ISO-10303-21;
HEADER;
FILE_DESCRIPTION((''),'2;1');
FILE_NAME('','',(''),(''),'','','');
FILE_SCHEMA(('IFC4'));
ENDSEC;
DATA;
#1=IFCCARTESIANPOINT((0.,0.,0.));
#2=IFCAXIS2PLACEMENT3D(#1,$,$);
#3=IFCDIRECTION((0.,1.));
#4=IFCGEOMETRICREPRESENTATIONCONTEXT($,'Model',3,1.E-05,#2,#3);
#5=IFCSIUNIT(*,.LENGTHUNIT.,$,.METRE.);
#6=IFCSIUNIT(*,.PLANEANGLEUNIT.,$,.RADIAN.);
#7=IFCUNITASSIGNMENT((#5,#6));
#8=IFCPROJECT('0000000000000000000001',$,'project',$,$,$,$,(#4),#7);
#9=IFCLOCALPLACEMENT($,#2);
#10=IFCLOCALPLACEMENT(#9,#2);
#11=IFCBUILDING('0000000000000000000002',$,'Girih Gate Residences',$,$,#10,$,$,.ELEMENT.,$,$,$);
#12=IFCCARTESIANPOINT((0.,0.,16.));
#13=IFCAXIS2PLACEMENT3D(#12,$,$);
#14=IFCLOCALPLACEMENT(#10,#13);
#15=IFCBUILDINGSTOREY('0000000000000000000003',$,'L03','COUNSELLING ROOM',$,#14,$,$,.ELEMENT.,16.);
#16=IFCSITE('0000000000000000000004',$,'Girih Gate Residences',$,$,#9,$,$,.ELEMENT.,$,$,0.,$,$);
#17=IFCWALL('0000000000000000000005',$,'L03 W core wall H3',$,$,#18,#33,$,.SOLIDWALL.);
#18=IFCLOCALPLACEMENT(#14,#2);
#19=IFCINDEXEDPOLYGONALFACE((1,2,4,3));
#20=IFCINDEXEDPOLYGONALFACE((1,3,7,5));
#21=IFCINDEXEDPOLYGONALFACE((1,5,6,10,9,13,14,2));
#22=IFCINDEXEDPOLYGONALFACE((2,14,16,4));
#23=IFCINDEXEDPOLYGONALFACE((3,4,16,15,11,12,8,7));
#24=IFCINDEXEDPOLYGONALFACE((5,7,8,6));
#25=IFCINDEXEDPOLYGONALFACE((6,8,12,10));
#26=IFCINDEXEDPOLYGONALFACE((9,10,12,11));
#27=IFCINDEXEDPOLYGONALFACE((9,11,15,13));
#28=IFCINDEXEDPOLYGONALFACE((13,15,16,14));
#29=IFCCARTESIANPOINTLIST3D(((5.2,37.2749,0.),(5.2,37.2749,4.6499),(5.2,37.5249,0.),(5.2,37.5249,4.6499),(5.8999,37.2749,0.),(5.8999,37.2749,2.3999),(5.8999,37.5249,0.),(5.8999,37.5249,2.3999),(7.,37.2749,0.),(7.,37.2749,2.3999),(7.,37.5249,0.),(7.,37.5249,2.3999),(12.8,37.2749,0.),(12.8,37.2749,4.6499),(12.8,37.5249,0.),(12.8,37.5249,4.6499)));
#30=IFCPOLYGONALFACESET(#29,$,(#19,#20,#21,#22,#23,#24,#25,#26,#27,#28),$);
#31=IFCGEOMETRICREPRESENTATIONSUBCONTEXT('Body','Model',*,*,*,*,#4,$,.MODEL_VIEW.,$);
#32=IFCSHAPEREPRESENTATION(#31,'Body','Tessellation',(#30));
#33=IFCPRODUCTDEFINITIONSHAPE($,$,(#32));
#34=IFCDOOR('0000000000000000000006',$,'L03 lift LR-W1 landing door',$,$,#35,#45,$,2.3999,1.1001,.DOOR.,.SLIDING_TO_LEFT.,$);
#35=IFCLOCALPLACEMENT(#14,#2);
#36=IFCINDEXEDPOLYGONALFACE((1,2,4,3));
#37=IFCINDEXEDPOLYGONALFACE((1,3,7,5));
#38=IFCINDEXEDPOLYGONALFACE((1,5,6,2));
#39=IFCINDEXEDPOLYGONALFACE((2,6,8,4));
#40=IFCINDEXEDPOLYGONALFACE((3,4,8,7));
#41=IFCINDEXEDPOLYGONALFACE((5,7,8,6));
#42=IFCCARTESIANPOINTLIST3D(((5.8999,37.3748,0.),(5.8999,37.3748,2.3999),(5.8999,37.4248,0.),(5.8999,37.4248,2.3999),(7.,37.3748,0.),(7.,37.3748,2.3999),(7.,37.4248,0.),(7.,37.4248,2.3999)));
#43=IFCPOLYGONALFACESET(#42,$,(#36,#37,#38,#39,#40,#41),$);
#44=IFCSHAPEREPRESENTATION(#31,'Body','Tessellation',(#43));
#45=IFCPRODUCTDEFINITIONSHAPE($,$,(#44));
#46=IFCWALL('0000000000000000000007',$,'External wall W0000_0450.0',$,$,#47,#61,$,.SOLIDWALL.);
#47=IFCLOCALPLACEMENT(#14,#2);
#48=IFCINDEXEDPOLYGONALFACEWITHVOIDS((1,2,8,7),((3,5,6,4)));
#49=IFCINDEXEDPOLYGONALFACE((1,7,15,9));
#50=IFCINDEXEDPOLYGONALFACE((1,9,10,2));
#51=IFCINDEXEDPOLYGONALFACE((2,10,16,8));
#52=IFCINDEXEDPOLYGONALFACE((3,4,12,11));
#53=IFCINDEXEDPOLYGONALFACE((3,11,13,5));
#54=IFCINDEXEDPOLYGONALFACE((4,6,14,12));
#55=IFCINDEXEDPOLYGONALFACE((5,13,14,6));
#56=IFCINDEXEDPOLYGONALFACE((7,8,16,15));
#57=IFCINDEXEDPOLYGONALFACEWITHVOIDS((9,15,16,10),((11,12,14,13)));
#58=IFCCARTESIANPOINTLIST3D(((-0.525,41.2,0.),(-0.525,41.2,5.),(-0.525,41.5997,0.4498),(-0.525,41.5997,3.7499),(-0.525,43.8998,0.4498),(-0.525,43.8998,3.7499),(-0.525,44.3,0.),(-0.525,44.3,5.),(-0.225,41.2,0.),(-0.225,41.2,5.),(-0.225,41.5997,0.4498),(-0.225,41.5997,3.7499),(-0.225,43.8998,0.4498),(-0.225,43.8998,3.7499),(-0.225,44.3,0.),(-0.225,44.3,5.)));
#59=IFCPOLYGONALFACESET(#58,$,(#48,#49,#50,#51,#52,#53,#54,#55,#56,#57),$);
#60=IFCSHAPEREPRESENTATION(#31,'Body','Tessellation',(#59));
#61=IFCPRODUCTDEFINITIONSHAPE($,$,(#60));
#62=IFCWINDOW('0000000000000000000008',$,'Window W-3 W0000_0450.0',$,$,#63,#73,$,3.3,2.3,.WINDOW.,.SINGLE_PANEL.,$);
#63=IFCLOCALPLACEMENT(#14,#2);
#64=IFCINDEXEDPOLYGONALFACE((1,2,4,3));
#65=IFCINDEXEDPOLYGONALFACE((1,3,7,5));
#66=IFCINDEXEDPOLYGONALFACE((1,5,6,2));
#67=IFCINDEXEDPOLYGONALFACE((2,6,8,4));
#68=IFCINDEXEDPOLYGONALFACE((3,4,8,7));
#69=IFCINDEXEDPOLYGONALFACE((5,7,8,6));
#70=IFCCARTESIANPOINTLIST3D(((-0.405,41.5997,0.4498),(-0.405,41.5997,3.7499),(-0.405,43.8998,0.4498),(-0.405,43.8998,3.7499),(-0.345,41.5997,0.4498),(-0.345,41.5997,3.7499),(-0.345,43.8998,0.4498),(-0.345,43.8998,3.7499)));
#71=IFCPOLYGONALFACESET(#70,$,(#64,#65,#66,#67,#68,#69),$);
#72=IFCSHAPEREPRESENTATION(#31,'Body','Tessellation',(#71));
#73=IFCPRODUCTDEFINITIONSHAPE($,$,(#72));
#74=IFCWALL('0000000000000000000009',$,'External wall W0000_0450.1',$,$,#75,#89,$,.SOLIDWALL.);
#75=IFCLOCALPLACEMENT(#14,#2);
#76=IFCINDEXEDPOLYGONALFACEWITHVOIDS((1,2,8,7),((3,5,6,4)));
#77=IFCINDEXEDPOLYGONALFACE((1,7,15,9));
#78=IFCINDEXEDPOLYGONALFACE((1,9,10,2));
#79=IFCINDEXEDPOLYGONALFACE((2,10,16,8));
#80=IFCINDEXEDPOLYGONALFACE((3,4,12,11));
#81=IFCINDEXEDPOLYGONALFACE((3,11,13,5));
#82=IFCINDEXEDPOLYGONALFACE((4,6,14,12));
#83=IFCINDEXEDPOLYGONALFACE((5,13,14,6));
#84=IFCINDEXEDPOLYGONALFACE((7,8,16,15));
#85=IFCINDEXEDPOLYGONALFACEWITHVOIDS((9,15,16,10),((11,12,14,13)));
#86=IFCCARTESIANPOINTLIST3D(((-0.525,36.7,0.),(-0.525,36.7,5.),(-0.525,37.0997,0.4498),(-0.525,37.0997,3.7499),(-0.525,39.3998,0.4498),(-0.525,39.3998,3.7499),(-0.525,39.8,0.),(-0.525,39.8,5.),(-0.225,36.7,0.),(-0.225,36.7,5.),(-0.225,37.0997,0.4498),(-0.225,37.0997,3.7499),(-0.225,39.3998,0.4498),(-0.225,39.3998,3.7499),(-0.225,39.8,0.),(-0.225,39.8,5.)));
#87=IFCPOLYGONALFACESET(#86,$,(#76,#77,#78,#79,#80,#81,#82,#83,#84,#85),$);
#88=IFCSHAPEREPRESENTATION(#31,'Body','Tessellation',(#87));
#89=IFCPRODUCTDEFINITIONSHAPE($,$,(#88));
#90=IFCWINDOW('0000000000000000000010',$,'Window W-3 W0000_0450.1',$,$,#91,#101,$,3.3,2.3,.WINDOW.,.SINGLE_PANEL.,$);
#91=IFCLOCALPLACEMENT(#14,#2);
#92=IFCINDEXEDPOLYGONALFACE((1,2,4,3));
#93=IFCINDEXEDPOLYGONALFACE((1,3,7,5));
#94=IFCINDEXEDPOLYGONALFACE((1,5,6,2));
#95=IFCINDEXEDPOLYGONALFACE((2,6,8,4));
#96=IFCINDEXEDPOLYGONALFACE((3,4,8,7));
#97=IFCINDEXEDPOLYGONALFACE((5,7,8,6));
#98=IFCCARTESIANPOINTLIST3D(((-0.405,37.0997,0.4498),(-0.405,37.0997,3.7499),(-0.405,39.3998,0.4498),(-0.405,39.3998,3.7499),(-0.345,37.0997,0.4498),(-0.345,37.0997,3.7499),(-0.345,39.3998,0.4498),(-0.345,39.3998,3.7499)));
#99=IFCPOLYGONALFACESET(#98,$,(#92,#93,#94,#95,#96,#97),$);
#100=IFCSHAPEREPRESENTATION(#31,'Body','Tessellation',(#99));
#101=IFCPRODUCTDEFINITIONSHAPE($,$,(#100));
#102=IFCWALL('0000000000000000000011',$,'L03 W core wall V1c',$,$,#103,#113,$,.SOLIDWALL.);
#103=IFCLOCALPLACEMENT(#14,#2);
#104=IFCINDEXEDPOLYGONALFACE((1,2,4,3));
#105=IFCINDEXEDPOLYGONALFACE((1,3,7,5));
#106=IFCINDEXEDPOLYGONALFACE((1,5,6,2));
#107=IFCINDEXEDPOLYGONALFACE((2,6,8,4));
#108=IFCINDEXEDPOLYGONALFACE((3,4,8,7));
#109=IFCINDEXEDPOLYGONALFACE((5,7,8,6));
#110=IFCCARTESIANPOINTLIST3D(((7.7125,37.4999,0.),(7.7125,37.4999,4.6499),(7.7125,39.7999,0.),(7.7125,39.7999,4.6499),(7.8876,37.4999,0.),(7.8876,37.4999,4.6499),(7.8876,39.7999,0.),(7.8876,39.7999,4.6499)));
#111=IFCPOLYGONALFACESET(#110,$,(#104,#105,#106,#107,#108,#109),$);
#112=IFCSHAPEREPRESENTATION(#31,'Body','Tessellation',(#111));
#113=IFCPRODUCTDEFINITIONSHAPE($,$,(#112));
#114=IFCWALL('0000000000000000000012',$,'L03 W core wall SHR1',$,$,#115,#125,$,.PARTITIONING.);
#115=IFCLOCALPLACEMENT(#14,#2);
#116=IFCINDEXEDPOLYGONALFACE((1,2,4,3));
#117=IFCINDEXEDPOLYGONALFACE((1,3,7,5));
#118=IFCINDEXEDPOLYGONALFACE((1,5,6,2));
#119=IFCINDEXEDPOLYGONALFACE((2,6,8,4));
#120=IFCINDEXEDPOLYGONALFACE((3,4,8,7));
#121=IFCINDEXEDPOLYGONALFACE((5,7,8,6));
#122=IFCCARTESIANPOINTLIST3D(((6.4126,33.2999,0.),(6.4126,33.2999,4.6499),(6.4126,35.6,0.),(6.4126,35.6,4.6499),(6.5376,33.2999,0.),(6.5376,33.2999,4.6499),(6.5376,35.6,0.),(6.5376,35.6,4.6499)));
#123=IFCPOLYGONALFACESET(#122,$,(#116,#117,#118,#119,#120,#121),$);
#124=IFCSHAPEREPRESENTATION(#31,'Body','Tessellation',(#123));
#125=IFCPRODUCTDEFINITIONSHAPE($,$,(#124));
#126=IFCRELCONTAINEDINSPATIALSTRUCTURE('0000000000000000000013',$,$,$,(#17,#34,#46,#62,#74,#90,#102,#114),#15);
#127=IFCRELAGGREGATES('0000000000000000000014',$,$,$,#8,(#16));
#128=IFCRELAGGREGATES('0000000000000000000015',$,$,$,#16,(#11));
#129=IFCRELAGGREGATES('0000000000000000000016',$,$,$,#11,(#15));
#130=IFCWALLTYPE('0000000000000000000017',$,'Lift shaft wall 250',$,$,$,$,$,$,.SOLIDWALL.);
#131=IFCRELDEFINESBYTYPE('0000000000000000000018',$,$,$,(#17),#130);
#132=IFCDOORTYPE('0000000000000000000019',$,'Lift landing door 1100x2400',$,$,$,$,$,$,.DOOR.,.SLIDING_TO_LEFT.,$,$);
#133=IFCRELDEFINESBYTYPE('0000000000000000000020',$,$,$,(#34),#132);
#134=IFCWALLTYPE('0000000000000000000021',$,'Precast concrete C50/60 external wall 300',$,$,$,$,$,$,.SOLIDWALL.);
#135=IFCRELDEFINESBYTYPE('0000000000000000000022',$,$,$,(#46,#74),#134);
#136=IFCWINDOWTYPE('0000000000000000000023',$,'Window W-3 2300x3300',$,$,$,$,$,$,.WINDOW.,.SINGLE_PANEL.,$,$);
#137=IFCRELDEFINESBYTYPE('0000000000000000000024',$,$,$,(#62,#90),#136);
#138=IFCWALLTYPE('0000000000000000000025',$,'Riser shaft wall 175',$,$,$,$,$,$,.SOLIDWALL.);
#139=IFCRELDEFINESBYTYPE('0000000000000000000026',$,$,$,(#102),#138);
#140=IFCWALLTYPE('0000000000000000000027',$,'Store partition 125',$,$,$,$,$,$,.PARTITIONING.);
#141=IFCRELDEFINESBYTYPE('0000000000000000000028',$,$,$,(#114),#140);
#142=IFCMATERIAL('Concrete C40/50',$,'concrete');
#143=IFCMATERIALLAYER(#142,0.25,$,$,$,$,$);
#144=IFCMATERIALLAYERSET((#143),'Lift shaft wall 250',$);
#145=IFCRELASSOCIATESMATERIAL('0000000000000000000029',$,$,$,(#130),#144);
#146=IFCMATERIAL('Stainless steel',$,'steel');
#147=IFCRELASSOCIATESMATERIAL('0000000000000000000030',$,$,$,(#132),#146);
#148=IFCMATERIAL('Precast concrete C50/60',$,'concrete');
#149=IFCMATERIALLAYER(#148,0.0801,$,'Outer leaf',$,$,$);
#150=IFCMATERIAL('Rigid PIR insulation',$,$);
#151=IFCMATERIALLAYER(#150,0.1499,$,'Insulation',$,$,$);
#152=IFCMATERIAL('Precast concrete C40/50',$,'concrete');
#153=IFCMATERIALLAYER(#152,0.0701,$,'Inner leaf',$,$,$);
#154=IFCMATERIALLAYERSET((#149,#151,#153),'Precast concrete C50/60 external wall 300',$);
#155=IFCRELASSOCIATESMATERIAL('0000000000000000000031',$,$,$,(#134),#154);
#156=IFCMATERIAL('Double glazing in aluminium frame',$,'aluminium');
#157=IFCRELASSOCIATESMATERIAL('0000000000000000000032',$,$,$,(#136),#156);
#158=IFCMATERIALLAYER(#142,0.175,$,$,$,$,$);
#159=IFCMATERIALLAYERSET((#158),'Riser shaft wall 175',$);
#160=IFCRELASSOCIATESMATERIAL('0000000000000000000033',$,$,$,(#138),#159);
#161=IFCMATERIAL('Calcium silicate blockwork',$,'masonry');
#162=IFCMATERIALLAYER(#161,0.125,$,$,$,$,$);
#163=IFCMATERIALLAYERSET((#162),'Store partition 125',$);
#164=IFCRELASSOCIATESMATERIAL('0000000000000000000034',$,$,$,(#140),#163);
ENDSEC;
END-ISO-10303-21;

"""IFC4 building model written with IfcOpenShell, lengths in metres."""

from ifc_helpers import new_model, si_unit, direction, frame, frame_2d, origin, place, context, subcontext, project, spatial, rectangle, extrude, material, layer, layer_set, type_object, element, fill, save


model = new_model("IFC4")

# Units and contexts
model_context = context("Model", 3, precision=1e-05, world=origin(), true_north=direction((0.0, 1.0)))
body_context = subcontext(model_context, "Body", "Model", "MODEL_VIEW")
ifc_project = project(units=[si_unit("LENGTHUNIT", "METRE"), si_unit("PLANEANGLEUNIT", "RADIAN")], contexts=[model_context])

# Site, building, storey
site_placement = place(None, origin())
site = spatial("IfcSite", under=ifc_project, at=site_placement, Name="Girih Gate Residences", CompositionType="ELEMENT", RefElevation=0.0)
building_placement = place(site_placement, origin())
building = spatial("IfcBuilding", under=site, at=building_placement, Name="Girih Gate Residences", CompositionType="ELEMENT")
storey_placement = place(building_placement, frame((0.0, 0.0, 16.0)))
storey = spatial("IfcBuildingStorey", under=building, at=storey_placement, Name="L03", Description="COUNSELLING ROOM", CompositionType="ELEMENT", Elevation=16.0)

# Shared definitions
ifc_material_1 = material(Name="Concrete C40/50", Category="concrete")
ifc_layer_1 = layer(ifc_material_1, 0.25)
ifc_layer_set_1 = layer_set([ifc_layer_1], Name="Lift shaft wall 250")
wall_type_1 = type_object("IfcWallType", Name="Lift shaft wall 250", PredefinedType="SOLIDWALL", material=ifc_layer_set_1)

# Wall, opening, door
wall_1_placement = place(storey_placement, frame((5.2, 37.3999, 0.0), z_axis=(0.0, 0.0, 1.0), x_axis=(1.0, 0.0, 0.0)))
wall_1 = element("IfcWall", 1, at=wall_1_placement, inside=storey, type_object=wall_type_1, Name="L03 W core wall H3", PredefinedType="SOLIDWALL", context=body_context, shape_type="SweptSolid", body=[
    extrude(rectangle(XDim=7.6001, YDim=0.25, at=frame_2d((3.8, 0.0))), origin(), (0.0, 0.0, 1.0), 4.6499),
])
opening_1_placement = place(wall_1_placement, frame((0.7, 0.0, 0.0)))
opening_1 = element("IfcOpeningElement", 2, at=opening_1_placement, cuts=wall_1, PredefinedType="OPENING", context=body_context, shape_type="SweptSolid", body=[
    extrude(rectangle(XDim=1.1001, YDim=2.3999, at=frame_2d((0.55, 1.2))), frame((0.0, 0.135, 0.0), z_axis=(0.0, -1.0, 0.0), x_axis=(1.0, 0.0, 0.0)), (0.0, 0.0, 1.0), 0.27),
])
ifc_material_2 = material(Name="Stainless steel", Category="steel")
door_type_1 = type_object("IfcDoorType", Name="Lift landing door 1100x2400", OperationType="SLIDING_TO_LEFT", PredefinedType="DOOR", material=ifc_material_2)
door_1_placement = place(opening_1_placement, origin())
door_1 = element("IfcDoor", 3, at=door_1_placement, inside=storey, type_object=door_type_1, Name="L03 lift LR-W1 landing door", OperationType="SLIDING_TO_LEFT", OverallHeight=2.3999, OverallWidth=1.1001, PredefinedType="DOOR", context=body_context, shape_type="SweptSolid", body=[
    extrude(rectangle(XDim=1.1001, YDim=2.3999, at=frame_2d((0.55, 1.2))), frame((0.0, 0.0249, 0.0), z_axis=(0.0, -1.0, 0.0), x_axis=(1.0, 0.0, 0.0)), (0.0, 0.0, 1.0), 0.05),
])
fill(opening_1, door_1)

# Walls, openings, windows
ifc_material_3 = material(Name="Precast concrete C50/60", Category="concrete")
ifc_layer_2 = layer(ifc_material_3, 0.0801, Name="Outer leaf")
ifc_material_4 = material(Name="Rigid PIR insulation")
ifc_layer_3 = layer(ifc_material_4, 0.1499, Name="Insulation")
ifc_material_5 = material(Name="Precast concrete C40/50", Category="concrete")
ifc_layer_4 = layer(ifc_material_5, 0.0701, Name="Inner leaf")
ifc_layer_set_2 = layer_set([ifc_layer_2, ifc_layer_3, ifc_layer_4], Name="Precast concrete C50/60 external wall 300")
wall_type_2 = type_object("IfcWallType", Name="Precast concrete C50/60 external wall 300", PredefinedType="SOLIDWALL", material=ifc_layer_set_2)
wall_2_placement = place(storey_placement, frame((-0.375, 41.2, 0.0), z_axis=(0.0, 0.0, 1.0), x_axis=(0.0, 1.0, 0.0)))
wall_2 = element("IfcWall", 4, at=wall_2_placement, inside=storey, type_object=wall_type_2, Name="External wall W0000_0450.0", PredefinedType="SOLIDWALL", context=body_context, shape_type="SweptSolid", body=[
    extrude(rectangle(XDim=3.1001, YDim=0.3, at=frame_2d((1.55, 0.0))), origin(), (0.0, 0.0, 1.0), 5.0),
])
opening_2_placement = place(wall_2_placement, frame((0.3999, 0.0, 0.45)))
opening_2 = element("IfcOpeningElement", 5, at=opening_2_placement, cuts=wall_2, PredefinedType="OPENING", context=body_context, shape_type="SweptSolid", body=[
    extrude(rectangle(XDim=2.3, YDim=3.3, at=frame_2d((1.1499, 1.6499))), frame((0.0, 0.1599, 0.0), z_axis=(0.0, -1.0, 0.0), x_axis=(1.0, 0.0, 0.0)), (0.0, 0.0, 1.0), 0.3201),
])
ifc_material_6 = material(Name="Double glazing in aluminium frame", Category="aluminium")
window_type = type_object("IfcWindowType", Name="Window W-3 2300x3300", PartitioningType="SINGLE_PANEL", PredefinedType="WINDOW", material=ifc_material_6)
window_1_placement = place(opening_2_placement, origin())
window_1 = element("IfcWindow", 6, at=window_1_placement, inside=storey, type_object=window_type, Name="Window W-3 W0000_0450.0", OverallHeight=3.3, OverallWidth=2.3, PartitioningType="SINGLE_PANEL", PredefinedType="WINDOW", context=body_context, shape_type="SweptSolid", body=[
    extrude(rectangle(XDim=2.3, YDim=3.3, at=frame_2d((1.1499, 1.6499))), frame((0.0, 0.03, 0.0), z_axis=(0.0, -1.0, 0.0), x_axis=(1.0, 0.0, 0.0)), (0.0, 0.0, 1.0), 0.0601),
])
fill(opening_2, window_1)
wall_3_placement = place(storey_placement, frame((-0.375, 36.7, 0.0), z_axis=(0.0, 0.0, 1.0), x_axis=(0.0, 1.0, 0.0)))
wall_3 = element("IfcWall", 7, at=wall_3_placement, inside=storey, type_object=wall_type_2, Name="External wall W0000_0450.1", PredefinedType="SOLIDWALL", context=body_context, shape_type="SweptSolid", body=[
    extrude(rectangle(XDim=3.1001, YDim=0.3, at=frame_2d((1.55, 0.0))), origin(), (0.0, 0.0, 1.0), 5.0),
])
opening_3_placement = place(wall_3_placement, frame((0.3999, 0.0, 0.45)))
opening_3 = element("IfcOpeningElement", 8, at=opening_3_placement, cuts=wall_3, PredefinedType="OPENING", context=body_context, shape_type="SweptSolid", body=[
    extrude(rectangle(XDim=2.3, YDim=3.3, at=frame_2d((1.1499, 1.6499))), frame((0.0, 0.1599, 0.0), z_axis=(0.0, -1.0, 0.0), x_axis=(1.0, 0.0, 0.0)), (0.0, 0.0, 1.0), 0.3201),
])
window_2_placement = place(opening_3_placement, origin())
window_2 = element("IfcWindow", 9, at=window_2_placement, inside=storey, type_object=window_type, Name="Window W-3 W0000_0450.1", OverallHeight=3.3, OverallWidth=2.3, PartitioningType="SINGLE_PANEL", PredefinedType="WINDOW", context=body_context, shape_type="SweptSolid", body=[
    extrude(rectangle(XDim=2.3, YDim=3.3, at=frame_2d((1.1499, 1.6499))), frame((0.0, 0.03, 0.0), z_axis=(0.0, -1.0, 0.0), x_axis=(1.0, 0.0, 0.0)), (0.0, 0.0, 1.0), 0.0601),
])
fill(opening_3, window_2)

# Walls
ifc_layer_5 = layer(ifc_material_1, 0.175)
ifc_layer_set_3 = layer_set([ifc_layer_5], Name="Riser shaft wall 175")
wall_type_3 = type_object("IfcWallType", Name="Riser shaft wall 175", PredefinedType="SOLIDWALL", material=ifc_layer_set_3)
wall_4_placement = place(storey_placement, frame((7.8, 37.5, 0.0), z_axis=(0.0, 0.0, 1.0), x_axis=(0.0, 1.0, 0.0)))
element("IfcWall", 10, at=wall_4_placement, inside=storey, type_object=wall_type_3, Name="L03 W core wall V1c", PredefinedType="SOLIDWALL", context=body_context, shape_type="SweptSolid", body=[
    extrude(rectangle(XDim=2.3, YDim=0.175, at=frame_2d((1.1499, 0.0))), origin(), (0.0, 0.0, 1.0), 4.6499),
])
ifc_material_7 = material(Name="Calcium silicate blockwork", Category="masonry")
ifc_layer_6 = layer(ifc_material_7, 0.125)
ifc_layer_set_4 = layer_set([ifc_layer_6], Name="Store partition 125")
wall_type_4 = type_object("IfcWallType", Name="Store partition 125", PredefinedType="PARTITIONING", material=ifc_layer_set_4)
wall_5_placement = place(storey_placement, frame((6.4751, 33.3, 0.0), z_axis=(0.0, 0.0, 1.0), x_axis=(0.0, 1.0, 0.0)))
element("IfcWall", 11, at=wall_5_placement, inside=storey, type_object=wall_type_4, Name="L03 W core wall SHR1", PredefinedType="PARTITIONING", context=body_context, shape_type="SweptSolid", body=[
    extrude(rectangle(XDim=2.3, YDim=0.125, at=frame_2d((1.1499, 0.0))), origin(), (0.0, 0.0, 1.0), 4.6499),
])

save(model, "model.ifc")
